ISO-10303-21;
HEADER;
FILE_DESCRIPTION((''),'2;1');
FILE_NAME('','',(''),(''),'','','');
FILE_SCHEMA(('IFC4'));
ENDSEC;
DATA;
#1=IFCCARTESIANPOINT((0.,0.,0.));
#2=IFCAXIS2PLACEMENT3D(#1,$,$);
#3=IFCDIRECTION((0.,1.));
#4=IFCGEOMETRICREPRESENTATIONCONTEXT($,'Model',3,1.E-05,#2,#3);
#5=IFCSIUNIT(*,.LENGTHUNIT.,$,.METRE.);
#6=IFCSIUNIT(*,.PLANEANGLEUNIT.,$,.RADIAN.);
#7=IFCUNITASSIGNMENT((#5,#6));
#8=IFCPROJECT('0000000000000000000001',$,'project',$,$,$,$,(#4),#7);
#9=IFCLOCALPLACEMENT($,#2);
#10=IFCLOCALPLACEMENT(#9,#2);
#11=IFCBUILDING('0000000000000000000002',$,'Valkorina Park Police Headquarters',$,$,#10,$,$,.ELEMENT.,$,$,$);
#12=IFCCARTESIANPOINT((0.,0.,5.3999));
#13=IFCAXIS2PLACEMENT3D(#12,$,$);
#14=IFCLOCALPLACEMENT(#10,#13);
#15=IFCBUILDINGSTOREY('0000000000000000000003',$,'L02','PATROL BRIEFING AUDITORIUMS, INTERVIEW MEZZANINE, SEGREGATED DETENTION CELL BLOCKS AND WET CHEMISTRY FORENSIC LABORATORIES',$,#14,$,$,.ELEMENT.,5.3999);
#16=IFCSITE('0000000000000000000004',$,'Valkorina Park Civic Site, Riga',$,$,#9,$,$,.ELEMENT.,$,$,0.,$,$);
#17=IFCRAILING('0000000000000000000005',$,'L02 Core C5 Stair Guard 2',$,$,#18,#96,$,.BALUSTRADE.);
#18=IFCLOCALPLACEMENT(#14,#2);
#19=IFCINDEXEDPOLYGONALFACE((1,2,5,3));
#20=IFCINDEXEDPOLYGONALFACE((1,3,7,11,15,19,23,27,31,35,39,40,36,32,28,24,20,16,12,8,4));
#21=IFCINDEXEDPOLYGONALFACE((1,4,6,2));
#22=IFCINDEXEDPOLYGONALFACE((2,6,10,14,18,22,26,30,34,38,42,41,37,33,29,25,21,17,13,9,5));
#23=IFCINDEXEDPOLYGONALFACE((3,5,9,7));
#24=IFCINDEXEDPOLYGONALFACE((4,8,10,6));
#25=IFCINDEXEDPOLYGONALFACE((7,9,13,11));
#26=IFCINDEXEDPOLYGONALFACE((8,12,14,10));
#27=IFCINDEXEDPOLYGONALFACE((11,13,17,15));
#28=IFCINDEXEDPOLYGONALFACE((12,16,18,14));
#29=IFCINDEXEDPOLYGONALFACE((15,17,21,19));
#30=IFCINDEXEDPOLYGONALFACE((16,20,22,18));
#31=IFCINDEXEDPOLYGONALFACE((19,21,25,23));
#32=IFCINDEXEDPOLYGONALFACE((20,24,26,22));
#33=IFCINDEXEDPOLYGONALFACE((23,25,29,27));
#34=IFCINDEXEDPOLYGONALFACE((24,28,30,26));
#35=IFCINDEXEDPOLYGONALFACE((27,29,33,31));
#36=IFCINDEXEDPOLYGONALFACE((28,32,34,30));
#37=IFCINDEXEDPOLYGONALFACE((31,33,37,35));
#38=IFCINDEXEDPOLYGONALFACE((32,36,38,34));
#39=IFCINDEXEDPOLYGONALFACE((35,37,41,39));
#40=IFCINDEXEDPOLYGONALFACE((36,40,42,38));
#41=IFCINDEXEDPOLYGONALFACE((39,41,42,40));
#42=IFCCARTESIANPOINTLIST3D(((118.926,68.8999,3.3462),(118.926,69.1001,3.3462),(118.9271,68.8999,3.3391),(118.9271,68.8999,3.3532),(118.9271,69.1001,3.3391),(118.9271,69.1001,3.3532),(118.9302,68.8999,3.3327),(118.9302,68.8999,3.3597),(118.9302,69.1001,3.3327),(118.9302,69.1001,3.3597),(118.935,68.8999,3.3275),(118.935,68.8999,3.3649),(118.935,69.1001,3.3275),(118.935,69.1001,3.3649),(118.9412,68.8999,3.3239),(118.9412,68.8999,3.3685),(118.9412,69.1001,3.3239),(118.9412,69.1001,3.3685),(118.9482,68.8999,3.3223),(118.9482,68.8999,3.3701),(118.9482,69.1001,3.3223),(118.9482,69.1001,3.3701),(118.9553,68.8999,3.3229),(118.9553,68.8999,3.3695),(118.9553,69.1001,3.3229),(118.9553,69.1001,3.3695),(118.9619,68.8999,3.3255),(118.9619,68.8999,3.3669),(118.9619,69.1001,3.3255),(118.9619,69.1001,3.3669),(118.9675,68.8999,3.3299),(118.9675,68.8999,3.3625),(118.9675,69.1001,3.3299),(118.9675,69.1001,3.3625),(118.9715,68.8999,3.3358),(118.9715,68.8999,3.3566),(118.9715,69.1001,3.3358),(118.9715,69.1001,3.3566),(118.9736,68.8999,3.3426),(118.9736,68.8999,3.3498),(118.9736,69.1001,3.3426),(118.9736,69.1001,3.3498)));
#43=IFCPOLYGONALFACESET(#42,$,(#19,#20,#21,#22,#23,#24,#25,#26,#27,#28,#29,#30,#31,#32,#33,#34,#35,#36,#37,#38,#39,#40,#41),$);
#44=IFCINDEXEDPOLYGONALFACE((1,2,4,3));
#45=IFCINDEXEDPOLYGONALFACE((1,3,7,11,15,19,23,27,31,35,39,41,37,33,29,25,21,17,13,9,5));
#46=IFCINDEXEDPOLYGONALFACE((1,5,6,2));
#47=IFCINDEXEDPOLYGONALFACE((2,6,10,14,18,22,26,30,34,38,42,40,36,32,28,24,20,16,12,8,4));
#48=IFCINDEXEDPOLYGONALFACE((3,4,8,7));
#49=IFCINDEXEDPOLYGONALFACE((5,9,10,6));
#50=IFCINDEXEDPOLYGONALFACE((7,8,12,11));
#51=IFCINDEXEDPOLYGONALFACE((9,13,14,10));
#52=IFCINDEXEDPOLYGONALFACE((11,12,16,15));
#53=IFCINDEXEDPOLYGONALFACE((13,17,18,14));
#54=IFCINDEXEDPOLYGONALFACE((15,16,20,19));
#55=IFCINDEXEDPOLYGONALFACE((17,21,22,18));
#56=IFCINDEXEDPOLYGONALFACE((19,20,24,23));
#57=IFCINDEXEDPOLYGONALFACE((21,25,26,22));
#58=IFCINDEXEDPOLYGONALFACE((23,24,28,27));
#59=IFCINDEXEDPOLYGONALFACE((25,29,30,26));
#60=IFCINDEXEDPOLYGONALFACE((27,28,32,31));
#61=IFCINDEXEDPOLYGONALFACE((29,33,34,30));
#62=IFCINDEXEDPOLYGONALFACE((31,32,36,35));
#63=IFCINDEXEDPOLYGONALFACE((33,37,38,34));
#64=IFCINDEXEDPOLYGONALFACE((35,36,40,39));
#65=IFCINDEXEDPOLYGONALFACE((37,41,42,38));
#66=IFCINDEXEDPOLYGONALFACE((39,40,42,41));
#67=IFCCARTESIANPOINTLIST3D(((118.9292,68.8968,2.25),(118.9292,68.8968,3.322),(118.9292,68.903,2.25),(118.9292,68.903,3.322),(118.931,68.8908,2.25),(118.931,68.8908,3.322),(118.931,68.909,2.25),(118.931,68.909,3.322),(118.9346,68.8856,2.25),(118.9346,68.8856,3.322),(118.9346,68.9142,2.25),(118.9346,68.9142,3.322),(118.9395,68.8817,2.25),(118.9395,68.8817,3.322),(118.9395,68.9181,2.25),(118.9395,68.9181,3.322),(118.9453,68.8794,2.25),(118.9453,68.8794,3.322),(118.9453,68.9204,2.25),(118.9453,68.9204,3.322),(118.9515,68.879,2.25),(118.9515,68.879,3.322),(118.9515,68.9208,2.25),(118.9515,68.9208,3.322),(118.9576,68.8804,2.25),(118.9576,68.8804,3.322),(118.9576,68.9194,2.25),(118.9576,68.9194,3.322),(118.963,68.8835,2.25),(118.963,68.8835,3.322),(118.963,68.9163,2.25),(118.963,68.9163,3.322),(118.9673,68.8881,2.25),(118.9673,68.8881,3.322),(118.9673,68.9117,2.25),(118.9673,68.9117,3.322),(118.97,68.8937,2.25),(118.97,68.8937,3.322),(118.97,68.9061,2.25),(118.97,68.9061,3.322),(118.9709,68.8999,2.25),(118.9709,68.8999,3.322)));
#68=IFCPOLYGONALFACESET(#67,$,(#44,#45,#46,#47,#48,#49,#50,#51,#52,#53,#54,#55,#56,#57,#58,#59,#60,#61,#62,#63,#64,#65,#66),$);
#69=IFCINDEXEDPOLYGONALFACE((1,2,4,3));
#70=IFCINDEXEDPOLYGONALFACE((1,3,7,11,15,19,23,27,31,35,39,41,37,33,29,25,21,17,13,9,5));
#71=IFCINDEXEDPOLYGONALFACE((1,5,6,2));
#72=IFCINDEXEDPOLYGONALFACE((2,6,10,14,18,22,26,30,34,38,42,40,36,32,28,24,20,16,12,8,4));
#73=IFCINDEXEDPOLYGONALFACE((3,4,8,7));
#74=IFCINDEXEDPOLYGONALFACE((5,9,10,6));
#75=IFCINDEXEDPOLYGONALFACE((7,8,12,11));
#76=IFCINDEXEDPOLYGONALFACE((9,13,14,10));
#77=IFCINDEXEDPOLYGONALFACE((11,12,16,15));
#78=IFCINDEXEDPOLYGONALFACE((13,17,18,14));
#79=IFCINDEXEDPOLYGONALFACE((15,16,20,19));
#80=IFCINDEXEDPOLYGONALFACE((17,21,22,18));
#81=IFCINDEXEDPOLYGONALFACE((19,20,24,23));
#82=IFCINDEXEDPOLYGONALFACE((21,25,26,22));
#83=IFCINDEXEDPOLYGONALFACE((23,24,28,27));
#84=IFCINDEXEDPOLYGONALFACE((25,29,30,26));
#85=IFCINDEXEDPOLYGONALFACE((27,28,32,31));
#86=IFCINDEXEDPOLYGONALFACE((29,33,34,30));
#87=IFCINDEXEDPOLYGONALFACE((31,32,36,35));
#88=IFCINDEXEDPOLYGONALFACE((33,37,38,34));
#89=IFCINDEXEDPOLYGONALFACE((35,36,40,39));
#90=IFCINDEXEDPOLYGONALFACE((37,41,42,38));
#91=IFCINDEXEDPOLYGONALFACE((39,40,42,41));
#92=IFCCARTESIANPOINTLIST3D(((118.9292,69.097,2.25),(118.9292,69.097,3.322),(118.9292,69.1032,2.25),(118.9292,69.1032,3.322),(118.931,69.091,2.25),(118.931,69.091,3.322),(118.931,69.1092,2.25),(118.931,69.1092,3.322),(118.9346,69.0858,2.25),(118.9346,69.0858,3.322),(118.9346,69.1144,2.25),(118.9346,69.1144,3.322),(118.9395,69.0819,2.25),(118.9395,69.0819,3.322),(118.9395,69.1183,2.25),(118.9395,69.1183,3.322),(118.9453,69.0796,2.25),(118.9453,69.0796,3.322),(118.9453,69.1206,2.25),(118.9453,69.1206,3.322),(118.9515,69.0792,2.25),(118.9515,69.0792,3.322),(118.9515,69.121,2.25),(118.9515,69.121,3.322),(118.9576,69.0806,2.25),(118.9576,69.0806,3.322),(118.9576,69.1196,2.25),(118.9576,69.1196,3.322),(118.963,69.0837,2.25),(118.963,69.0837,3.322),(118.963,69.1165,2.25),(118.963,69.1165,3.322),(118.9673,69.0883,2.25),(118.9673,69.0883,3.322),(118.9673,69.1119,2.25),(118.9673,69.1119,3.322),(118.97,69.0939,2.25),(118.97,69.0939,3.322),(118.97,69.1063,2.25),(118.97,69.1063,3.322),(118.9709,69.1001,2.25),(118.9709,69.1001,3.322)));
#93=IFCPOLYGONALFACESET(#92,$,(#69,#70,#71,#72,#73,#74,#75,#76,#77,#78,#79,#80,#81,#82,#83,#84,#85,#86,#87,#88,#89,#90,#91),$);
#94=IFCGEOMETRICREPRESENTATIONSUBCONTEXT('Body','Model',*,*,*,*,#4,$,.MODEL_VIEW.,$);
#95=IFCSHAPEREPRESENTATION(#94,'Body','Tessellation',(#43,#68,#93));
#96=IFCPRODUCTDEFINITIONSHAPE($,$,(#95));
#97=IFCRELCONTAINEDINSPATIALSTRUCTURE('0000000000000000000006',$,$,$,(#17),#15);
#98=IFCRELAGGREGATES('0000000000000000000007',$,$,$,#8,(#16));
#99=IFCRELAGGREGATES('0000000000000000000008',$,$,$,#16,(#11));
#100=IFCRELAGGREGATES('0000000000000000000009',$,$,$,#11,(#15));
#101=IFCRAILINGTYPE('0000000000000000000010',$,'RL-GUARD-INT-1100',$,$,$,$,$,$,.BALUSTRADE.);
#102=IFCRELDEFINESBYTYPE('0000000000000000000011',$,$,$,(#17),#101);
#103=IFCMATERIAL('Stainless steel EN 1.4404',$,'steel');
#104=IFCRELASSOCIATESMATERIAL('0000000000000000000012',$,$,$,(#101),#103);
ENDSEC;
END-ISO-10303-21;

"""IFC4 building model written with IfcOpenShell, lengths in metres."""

from ifc_helpers import new_model, si_unit, direction, frame, origin, origin_2d, place, context, subcontext, project, spatial, circle, extrude, material, type_object, element, save


model = new_model("IFC4")

# Units and contexts
model_context = context("Model", 3, precision=1e-05, world=origin(), true_north=direction((0.0, 1.0)))
body_context = subcontext(model_context, "Body", "Model", "MODEL_VIEW")
ifc_project = project(units=[si_unit("LENGTHUNIT", "METRE"), si_unit("PLANEANGLEUNIT", "RADIAN")], contexts=[model_context])

# Site, building, storey
site_placement = place(None, origin())
site = spatial("IfcSite", under=ifc_project, at=site_placement, Name="Valkorina Park Civic Site, Riga", CompositionType="ELEMENT", RefElevation=0.0)
building_placement = place(site_placement, origin())
building = spatial("IfcBuilding", under=site, at=building_placement, Name="Valkorina Park Police Headquarters", CompositionType="ELEMENT")
storey_placement = place(building_placement, frame((0.0, 0.0, 5.3999)))
storey = spatial("IfcBuildingStorey", under=building, at=storey_placement, Name="L02", Description="PATROL BRIEFING AUDITORIUMS, INTERVIEW MEZZANINE, SEGREGATED DETENTION CELL BLOCKS AND WET CHEMISTRY FORENSIC LABORATORIES", CompositionType="ELEMENT", Elevation=5.3999)

# Railing
ifc_material_1 = material(Name="Stainless steel EN 1.4404", Category="steel")
railing_type_1 = type_object("IfcRailingType", Name="RL-GUARD-INT-1100", PredefinedType="BALUSTRADE", material=ifc_material_1)
railing_1_placement = place(storey_placement, frame((118.95, 68.8999, 2.25)))
element("IfcRailing", 1, at=railing_1_placement, inside=storey, type_object=railing_type_1, Name="L02 Core C5 Stair Guard 2", PredefinedType="BALUSTRADE", context=body_context, shape_type="SweptSolid", body=[
    extrude(circle(Radius=0.0239, at=origin_2d()), frame((0.0, 0.0, 1.0962), z_axis=(0.0, 1.0, 0.0), x_axis=(-1.0, 0.0, 0.0)), (0.0, 0.0, 1.0), 0.2002),
    extrude(circle(Radius=0.021, at=origin_2d()), origin(), (0.0, 0.0, 1.0), 1.072),
    extrude(circle(Radius=0.021, at=origin_2d()), frame((0.0, 0.2002, 0.0)), (0.0, 0.0, 1.0), 1.072),
])

save(model, "model.ifc")
